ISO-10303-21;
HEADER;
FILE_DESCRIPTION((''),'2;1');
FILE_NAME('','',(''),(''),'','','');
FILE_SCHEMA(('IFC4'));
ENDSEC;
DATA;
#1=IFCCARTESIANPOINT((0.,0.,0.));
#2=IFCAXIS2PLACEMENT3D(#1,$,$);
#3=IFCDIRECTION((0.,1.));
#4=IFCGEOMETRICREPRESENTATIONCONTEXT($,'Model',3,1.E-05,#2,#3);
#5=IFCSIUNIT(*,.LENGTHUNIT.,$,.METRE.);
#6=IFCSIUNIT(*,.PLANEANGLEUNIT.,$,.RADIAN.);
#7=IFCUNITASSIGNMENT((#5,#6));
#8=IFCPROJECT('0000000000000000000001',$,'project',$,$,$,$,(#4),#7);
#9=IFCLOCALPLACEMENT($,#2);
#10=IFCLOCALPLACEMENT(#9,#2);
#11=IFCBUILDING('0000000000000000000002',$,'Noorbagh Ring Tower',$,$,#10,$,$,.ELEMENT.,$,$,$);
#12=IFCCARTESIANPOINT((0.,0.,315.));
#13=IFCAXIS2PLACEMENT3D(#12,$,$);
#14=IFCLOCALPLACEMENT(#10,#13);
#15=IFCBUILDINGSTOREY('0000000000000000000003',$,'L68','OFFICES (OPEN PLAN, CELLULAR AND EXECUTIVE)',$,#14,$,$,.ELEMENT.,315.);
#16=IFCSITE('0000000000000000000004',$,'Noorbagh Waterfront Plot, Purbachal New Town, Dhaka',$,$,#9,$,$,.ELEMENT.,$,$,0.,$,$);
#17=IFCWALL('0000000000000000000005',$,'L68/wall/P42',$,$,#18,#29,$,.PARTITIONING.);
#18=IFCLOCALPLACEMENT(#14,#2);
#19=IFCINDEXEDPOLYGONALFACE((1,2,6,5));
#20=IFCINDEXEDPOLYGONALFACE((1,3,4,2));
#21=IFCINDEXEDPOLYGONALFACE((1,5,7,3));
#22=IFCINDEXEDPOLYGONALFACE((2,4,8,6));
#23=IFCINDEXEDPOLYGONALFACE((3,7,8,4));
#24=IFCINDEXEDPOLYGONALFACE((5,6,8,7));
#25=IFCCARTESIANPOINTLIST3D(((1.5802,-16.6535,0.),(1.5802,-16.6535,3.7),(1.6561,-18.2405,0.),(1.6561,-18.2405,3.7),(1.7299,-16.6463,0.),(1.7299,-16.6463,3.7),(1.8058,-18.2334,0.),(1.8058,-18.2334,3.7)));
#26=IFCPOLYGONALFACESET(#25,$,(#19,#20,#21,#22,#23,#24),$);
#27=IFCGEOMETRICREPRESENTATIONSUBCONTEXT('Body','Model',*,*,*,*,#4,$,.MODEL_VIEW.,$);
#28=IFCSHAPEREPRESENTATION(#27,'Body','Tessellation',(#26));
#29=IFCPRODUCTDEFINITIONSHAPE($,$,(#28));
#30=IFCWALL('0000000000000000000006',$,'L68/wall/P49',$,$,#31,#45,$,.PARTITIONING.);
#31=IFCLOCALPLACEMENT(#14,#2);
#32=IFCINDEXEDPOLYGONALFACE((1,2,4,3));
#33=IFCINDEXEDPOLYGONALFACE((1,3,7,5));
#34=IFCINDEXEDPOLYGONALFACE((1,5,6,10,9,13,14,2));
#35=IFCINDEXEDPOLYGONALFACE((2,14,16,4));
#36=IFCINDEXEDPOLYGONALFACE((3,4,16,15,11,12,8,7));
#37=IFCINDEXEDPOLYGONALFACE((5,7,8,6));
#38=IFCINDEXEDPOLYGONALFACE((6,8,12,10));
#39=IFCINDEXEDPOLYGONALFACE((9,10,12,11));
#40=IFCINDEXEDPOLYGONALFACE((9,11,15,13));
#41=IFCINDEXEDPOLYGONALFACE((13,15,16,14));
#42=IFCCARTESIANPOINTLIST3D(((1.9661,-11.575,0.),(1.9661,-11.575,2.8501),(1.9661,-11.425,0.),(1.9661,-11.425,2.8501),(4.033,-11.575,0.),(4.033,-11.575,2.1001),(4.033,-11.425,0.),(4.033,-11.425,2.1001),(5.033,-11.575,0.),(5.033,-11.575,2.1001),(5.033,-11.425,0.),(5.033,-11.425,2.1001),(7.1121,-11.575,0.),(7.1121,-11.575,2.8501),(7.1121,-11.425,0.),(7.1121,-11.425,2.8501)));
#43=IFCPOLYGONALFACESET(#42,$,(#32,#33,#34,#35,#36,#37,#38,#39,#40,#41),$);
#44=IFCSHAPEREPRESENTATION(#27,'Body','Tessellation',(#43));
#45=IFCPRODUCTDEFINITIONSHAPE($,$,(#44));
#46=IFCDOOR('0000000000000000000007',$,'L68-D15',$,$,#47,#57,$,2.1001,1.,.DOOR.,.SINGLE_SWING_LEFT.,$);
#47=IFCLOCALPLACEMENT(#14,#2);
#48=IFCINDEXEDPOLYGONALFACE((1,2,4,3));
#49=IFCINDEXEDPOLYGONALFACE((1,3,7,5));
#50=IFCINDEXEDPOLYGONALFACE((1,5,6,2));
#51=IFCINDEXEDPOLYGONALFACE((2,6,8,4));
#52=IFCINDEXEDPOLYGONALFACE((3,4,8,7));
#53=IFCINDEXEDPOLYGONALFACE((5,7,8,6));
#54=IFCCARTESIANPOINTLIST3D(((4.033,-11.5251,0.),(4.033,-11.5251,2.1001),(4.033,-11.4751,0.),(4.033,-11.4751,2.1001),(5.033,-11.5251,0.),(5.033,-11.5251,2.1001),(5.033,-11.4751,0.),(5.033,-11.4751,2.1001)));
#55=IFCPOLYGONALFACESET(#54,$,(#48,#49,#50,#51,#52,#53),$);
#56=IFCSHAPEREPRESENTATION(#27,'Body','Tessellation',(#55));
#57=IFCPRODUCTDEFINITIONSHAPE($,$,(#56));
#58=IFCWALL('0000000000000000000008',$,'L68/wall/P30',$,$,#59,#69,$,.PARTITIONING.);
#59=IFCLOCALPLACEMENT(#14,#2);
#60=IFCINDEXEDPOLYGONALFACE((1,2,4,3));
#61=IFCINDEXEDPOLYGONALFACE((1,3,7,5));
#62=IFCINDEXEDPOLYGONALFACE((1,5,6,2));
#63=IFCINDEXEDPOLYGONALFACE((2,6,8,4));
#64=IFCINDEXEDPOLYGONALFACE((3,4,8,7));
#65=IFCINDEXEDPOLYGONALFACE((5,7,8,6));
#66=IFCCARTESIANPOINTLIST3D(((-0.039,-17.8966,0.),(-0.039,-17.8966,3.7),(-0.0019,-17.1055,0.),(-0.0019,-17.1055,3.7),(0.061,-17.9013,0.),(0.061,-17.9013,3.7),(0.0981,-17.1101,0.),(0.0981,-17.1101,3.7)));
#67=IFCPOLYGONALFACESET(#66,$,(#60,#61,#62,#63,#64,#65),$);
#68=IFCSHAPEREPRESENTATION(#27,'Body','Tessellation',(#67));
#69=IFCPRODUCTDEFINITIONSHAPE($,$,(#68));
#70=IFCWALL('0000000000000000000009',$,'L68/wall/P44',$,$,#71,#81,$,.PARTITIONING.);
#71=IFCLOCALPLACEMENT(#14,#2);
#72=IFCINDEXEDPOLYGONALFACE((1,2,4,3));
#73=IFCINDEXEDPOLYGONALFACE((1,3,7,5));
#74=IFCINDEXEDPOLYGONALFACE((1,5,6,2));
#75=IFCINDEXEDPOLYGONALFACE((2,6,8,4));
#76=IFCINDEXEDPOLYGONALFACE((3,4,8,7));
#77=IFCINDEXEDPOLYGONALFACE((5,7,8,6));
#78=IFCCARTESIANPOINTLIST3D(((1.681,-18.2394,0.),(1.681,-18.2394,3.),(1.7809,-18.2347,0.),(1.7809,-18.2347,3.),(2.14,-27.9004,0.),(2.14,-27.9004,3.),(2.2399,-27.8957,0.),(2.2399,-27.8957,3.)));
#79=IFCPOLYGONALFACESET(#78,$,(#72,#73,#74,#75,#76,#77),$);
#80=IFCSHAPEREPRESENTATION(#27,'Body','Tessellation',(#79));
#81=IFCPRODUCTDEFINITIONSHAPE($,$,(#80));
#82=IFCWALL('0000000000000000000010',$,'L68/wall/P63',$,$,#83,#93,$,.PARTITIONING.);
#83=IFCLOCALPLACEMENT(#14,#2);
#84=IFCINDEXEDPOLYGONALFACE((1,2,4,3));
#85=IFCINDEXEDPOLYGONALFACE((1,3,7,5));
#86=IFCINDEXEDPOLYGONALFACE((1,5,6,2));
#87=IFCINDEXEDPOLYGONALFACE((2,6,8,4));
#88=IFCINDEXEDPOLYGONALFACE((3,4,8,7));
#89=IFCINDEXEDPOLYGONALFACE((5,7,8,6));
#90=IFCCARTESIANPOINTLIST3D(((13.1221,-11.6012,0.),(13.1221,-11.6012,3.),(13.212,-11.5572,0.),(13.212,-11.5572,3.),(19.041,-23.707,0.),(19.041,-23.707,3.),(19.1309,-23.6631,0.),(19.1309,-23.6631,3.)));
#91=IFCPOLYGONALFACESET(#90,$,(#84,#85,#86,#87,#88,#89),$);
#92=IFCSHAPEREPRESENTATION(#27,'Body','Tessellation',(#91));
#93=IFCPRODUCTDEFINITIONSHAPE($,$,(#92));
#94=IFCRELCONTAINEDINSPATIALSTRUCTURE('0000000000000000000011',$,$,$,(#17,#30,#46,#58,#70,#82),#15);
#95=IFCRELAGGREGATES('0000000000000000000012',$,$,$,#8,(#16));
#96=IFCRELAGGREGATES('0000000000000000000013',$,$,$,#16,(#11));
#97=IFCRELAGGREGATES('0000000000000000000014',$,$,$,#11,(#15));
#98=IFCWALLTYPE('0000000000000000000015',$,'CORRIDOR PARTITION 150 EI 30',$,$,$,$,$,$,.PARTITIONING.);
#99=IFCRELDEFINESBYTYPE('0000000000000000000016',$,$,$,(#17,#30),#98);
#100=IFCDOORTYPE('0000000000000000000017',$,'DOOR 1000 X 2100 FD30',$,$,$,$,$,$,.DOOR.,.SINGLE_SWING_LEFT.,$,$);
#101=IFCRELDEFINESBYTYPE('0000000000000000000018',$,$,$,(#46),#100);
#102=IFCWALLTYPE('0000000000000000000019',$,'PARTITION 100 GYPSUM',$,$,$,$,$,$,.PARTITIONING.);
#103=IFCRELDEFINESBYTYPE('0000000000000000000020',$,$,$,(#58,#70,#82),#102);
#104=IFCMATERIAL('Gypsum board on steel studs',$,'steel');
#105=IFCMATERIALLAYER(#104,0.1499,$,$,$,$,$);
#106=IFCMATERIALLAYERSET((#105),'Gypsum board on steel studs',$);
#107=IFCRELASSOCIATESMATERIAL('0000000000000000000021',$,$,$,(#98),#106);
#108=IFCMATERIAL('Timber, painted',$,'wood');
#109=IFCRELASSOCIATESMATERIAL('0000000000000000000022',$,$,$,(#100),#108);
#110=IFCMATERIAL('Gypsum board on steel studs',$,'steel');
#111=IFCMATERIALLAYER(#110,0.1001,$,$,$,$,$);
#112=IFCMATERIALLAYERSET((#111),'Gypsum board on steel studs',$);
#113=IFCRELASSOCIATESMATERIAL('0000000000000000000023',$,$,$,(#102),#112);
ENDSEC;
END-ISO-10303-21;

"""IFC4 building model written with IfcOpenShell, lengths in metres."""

from ifc_helpers import new_model, si_unit, direction, frame, frame_2d, origin, place, context, subcontext, project, spatial, rectangle, extrude, material, layer, layer_set, type_object, element, fill, save


model = new_model("IFC4")

# Units and contexts
model_context = context("Model", 3, precision=1e-05, world=origin(), true_north=direction((0.0, 1.0)))
body_context = subcontext(model_context, "Body", "Model", "MODEL_VIEW")
ifc_project = project(units=[si_unit("LENGTHUNIT", "METRE"), si_unit("PLANEANGLEUNIT", "RADIAN")], contexts=[model_context])

# Site, building, storey
site_placement = place(None, origin())
site = spatial("IfcSite", under=ifc_project, at=site_placement, Name="Noorbagh Waterfront Plot, Purbachal New Town, Dhaka", CompositionType="ELEMENT", RefElevation=0.0)
building_placement = place(site_placement, origin())
building = spatial("IfcBuilding", under=site, at=building_placement, Name="Noorbagh Ring Tower", CompositionType="ELEMENT")
storey_placement = place(building_placement, frame((0.0, 0.0, 315.0)))
storey = spatial("IfcBuildingStorey", under=building, at=storey_placement, Name="L68", Description="OFFICES (OPEN PLAN, CELLULAR AND EXECUTIVE)", CompositionType="ELEMENT", Elevation=315.0)

# Wall
ifc_material_1 = material(Name="Gypsum board on steel studs", Category="steel")
ifc_layer_1 = layer(ifc_material_1, 0.1499)
ifc_layer_set_1 = layer_set([ifc_layer_1], Name="Gypsum board on steel studs")
wall_type_1 = type_object("IfcWallType", Name="CORRIDOR PARTITION 150 EI 30", PredefinedType="PARTITIONING", material=ifc_layer_set_1)
wall_1_placement = place(storey_placement, frame((1.655, -16.6499, 0.0), z_axis=(0.0, 0.0, 1.0), x_axis=(0.047784, -0.998858, 0.0)))
element("IfcWall", 1, at=wall_1_placement, inside=storey, type_object=wall_type_1, Name="L68/wall/P42", PredefinedType="PARTITIONING", context=body_context, shape_type="SweptSolid", body=[
    extrude(rectangle(XDim=1.5889, YDim=0.1499, at=frame_2d((0.7944, 0.0))), origin(), (0.0, 0.0, 1.0), 3.7),
])

# Wall, opening, door
wall_2_placement = place(storey_placement, frame((1.9661, -11.5, 0.0), z_axis=(0.0, 0.0, 1.0), x_axis=(1.0, 0.0, 0.0)))
wall_2 = element("IfcWall", 2, at=wall_2_placement, inside=storey, type_object=wall_type_1, Name="L68/wall/P49", PredefinedType="PARTITIONING", context=body_context, shape_type="SweptSolid", body=[
    extrude(rectangle(XDim=5.146, YDim=0.1499, at=frame_2d((2.573, 0.0))), origin(), (0.0, 0.0, 1.0), 2.8501),
])
opening_placement = place(wall_2_placement, frame((2.0669, 0.0, 0.0)))
opening = element("IfcOpeningElement", 3, at=opening_placement, cuts=wall_2, PredefinedType="OPENING", context=body_context, shape_type="SweptSolid", body=[
    extrude(rectangle(XDim=1.0, YDim=2.1001, at=frame_2d((0.5, 1.05))), frame((0.0, 0.085, 0.0), z_axis=(0.0, -1.0, 0.0), x_axis=(1.0, 0.0, 0.0)), (0.0, 0.0, 1.0), 0.1699),
])
ifc_material_2 = material(Name="Timber, painted", Category="wood")
door_type = type_object("IfcDoorType", Name="DOOR 1000 X 2100 FD30", OperationType="SINGLE_SWING_LEFT", PredefinedType="DOOR", material=ifc_material_2)
door_placement = place(opening_placement, origin())
door = element("IfcDoor", 4, at=door_placement, inside=storey, type_object=door_type, Name="L68-D15", OperationType="SINGLE_SWING_LEFT", OverallHeight=2.1001, OverallWidth=1.0, PredefinedType="DOOR", context=body_context, shape_type="SweptSolid", body=[
    extrude(rectangle(XDim=1.0, YDim=2.1001, at=frame_2d((0.5, 1.05))), frame((0.0, 0.0249, 0.0), z_axis=(0.0, -1.0, 0.0), x_axis=(1.0, 0.0, 0.0)), (0.0, 0.0, 1.0), 0.05),
])
fill(opening, door)

# Walls
ifc_material_3 = material(Name="Gypsum board on steel studs", Category="steel")
ifc_layer_2 = layer(ifc_material_3, 0.1001)
ifc_layer_set_2 = layer_set([ifc_layer_2], Name="Gypsum board on steel studs")
wall_type_2 = type_object("IfcWallType", Name="PARTITION 100 GYPSUM", PredefinedType="PARTITIONING", material=ifc_layer_set_2)
wall_3_placement = place(storey_placement, frame((0.011, -17.8989, 0.0), z_axis=(0.0, 0.0, 1.0), x_axis=(0.046862, 0.998901, 0.0)))
element("IfcWall", 5, at=wall_3_placement, inside=storey, type_object=wall_type_2, Name="L68/wall/P30", PredefinedType="PARTITIONING", context=body_context, shape_type="SweptSolid", body=[
    extrude(rectangle(XDim=0.792, YDim=0.1001, at=frame_2d((0.396, 0.0))), origin(), (0.0, 0.0, 1.0), 3.7),
])
wall_4_placement = place(storey_placement, frame((1.731, -18.2371, 0.0), z_axis=(0.0, 0.0, 1.0), x_axis=(0.047456, -0.998873, 0.0)))
element("IfcWall", 6, at=wall_4_placement, inside=storey, type_object=wall_type_2, Name="L68/wall/P44", PredefinedType="PARTITIONING", context=body_context, shape_type="SweptSolid", body=[
    extrude(rectangle(XDim=9.6719, YDim=0.1001, at=frame_2d((4.8359, 0.0))), origin(), (0.0, 0.0, 1.0), 3.0),
])
wall_5_placement = place(storey_placement, frame((13.167, -11.5791, 0.0), z_axis=(0.0, 0.0, 1.0), x_axis=(0.439239, -0.89837, 0.0)))
element("IfcWall", 7, at=wall_5_placement, inside=storey, type_object=wall_type_2, Name="L68/wall/P63", PredefinedType="PARTITIONING", context=body_context, shape_type="SweptSolid", body=[
    extrude(rectangle(XDim=13.4753, YDim=0.1001, at=frame_2d((6.7378, 0.0))), origin(), (0.0, 0.0, 1.0), 3.0),
])

save(model, "model.ifc")
